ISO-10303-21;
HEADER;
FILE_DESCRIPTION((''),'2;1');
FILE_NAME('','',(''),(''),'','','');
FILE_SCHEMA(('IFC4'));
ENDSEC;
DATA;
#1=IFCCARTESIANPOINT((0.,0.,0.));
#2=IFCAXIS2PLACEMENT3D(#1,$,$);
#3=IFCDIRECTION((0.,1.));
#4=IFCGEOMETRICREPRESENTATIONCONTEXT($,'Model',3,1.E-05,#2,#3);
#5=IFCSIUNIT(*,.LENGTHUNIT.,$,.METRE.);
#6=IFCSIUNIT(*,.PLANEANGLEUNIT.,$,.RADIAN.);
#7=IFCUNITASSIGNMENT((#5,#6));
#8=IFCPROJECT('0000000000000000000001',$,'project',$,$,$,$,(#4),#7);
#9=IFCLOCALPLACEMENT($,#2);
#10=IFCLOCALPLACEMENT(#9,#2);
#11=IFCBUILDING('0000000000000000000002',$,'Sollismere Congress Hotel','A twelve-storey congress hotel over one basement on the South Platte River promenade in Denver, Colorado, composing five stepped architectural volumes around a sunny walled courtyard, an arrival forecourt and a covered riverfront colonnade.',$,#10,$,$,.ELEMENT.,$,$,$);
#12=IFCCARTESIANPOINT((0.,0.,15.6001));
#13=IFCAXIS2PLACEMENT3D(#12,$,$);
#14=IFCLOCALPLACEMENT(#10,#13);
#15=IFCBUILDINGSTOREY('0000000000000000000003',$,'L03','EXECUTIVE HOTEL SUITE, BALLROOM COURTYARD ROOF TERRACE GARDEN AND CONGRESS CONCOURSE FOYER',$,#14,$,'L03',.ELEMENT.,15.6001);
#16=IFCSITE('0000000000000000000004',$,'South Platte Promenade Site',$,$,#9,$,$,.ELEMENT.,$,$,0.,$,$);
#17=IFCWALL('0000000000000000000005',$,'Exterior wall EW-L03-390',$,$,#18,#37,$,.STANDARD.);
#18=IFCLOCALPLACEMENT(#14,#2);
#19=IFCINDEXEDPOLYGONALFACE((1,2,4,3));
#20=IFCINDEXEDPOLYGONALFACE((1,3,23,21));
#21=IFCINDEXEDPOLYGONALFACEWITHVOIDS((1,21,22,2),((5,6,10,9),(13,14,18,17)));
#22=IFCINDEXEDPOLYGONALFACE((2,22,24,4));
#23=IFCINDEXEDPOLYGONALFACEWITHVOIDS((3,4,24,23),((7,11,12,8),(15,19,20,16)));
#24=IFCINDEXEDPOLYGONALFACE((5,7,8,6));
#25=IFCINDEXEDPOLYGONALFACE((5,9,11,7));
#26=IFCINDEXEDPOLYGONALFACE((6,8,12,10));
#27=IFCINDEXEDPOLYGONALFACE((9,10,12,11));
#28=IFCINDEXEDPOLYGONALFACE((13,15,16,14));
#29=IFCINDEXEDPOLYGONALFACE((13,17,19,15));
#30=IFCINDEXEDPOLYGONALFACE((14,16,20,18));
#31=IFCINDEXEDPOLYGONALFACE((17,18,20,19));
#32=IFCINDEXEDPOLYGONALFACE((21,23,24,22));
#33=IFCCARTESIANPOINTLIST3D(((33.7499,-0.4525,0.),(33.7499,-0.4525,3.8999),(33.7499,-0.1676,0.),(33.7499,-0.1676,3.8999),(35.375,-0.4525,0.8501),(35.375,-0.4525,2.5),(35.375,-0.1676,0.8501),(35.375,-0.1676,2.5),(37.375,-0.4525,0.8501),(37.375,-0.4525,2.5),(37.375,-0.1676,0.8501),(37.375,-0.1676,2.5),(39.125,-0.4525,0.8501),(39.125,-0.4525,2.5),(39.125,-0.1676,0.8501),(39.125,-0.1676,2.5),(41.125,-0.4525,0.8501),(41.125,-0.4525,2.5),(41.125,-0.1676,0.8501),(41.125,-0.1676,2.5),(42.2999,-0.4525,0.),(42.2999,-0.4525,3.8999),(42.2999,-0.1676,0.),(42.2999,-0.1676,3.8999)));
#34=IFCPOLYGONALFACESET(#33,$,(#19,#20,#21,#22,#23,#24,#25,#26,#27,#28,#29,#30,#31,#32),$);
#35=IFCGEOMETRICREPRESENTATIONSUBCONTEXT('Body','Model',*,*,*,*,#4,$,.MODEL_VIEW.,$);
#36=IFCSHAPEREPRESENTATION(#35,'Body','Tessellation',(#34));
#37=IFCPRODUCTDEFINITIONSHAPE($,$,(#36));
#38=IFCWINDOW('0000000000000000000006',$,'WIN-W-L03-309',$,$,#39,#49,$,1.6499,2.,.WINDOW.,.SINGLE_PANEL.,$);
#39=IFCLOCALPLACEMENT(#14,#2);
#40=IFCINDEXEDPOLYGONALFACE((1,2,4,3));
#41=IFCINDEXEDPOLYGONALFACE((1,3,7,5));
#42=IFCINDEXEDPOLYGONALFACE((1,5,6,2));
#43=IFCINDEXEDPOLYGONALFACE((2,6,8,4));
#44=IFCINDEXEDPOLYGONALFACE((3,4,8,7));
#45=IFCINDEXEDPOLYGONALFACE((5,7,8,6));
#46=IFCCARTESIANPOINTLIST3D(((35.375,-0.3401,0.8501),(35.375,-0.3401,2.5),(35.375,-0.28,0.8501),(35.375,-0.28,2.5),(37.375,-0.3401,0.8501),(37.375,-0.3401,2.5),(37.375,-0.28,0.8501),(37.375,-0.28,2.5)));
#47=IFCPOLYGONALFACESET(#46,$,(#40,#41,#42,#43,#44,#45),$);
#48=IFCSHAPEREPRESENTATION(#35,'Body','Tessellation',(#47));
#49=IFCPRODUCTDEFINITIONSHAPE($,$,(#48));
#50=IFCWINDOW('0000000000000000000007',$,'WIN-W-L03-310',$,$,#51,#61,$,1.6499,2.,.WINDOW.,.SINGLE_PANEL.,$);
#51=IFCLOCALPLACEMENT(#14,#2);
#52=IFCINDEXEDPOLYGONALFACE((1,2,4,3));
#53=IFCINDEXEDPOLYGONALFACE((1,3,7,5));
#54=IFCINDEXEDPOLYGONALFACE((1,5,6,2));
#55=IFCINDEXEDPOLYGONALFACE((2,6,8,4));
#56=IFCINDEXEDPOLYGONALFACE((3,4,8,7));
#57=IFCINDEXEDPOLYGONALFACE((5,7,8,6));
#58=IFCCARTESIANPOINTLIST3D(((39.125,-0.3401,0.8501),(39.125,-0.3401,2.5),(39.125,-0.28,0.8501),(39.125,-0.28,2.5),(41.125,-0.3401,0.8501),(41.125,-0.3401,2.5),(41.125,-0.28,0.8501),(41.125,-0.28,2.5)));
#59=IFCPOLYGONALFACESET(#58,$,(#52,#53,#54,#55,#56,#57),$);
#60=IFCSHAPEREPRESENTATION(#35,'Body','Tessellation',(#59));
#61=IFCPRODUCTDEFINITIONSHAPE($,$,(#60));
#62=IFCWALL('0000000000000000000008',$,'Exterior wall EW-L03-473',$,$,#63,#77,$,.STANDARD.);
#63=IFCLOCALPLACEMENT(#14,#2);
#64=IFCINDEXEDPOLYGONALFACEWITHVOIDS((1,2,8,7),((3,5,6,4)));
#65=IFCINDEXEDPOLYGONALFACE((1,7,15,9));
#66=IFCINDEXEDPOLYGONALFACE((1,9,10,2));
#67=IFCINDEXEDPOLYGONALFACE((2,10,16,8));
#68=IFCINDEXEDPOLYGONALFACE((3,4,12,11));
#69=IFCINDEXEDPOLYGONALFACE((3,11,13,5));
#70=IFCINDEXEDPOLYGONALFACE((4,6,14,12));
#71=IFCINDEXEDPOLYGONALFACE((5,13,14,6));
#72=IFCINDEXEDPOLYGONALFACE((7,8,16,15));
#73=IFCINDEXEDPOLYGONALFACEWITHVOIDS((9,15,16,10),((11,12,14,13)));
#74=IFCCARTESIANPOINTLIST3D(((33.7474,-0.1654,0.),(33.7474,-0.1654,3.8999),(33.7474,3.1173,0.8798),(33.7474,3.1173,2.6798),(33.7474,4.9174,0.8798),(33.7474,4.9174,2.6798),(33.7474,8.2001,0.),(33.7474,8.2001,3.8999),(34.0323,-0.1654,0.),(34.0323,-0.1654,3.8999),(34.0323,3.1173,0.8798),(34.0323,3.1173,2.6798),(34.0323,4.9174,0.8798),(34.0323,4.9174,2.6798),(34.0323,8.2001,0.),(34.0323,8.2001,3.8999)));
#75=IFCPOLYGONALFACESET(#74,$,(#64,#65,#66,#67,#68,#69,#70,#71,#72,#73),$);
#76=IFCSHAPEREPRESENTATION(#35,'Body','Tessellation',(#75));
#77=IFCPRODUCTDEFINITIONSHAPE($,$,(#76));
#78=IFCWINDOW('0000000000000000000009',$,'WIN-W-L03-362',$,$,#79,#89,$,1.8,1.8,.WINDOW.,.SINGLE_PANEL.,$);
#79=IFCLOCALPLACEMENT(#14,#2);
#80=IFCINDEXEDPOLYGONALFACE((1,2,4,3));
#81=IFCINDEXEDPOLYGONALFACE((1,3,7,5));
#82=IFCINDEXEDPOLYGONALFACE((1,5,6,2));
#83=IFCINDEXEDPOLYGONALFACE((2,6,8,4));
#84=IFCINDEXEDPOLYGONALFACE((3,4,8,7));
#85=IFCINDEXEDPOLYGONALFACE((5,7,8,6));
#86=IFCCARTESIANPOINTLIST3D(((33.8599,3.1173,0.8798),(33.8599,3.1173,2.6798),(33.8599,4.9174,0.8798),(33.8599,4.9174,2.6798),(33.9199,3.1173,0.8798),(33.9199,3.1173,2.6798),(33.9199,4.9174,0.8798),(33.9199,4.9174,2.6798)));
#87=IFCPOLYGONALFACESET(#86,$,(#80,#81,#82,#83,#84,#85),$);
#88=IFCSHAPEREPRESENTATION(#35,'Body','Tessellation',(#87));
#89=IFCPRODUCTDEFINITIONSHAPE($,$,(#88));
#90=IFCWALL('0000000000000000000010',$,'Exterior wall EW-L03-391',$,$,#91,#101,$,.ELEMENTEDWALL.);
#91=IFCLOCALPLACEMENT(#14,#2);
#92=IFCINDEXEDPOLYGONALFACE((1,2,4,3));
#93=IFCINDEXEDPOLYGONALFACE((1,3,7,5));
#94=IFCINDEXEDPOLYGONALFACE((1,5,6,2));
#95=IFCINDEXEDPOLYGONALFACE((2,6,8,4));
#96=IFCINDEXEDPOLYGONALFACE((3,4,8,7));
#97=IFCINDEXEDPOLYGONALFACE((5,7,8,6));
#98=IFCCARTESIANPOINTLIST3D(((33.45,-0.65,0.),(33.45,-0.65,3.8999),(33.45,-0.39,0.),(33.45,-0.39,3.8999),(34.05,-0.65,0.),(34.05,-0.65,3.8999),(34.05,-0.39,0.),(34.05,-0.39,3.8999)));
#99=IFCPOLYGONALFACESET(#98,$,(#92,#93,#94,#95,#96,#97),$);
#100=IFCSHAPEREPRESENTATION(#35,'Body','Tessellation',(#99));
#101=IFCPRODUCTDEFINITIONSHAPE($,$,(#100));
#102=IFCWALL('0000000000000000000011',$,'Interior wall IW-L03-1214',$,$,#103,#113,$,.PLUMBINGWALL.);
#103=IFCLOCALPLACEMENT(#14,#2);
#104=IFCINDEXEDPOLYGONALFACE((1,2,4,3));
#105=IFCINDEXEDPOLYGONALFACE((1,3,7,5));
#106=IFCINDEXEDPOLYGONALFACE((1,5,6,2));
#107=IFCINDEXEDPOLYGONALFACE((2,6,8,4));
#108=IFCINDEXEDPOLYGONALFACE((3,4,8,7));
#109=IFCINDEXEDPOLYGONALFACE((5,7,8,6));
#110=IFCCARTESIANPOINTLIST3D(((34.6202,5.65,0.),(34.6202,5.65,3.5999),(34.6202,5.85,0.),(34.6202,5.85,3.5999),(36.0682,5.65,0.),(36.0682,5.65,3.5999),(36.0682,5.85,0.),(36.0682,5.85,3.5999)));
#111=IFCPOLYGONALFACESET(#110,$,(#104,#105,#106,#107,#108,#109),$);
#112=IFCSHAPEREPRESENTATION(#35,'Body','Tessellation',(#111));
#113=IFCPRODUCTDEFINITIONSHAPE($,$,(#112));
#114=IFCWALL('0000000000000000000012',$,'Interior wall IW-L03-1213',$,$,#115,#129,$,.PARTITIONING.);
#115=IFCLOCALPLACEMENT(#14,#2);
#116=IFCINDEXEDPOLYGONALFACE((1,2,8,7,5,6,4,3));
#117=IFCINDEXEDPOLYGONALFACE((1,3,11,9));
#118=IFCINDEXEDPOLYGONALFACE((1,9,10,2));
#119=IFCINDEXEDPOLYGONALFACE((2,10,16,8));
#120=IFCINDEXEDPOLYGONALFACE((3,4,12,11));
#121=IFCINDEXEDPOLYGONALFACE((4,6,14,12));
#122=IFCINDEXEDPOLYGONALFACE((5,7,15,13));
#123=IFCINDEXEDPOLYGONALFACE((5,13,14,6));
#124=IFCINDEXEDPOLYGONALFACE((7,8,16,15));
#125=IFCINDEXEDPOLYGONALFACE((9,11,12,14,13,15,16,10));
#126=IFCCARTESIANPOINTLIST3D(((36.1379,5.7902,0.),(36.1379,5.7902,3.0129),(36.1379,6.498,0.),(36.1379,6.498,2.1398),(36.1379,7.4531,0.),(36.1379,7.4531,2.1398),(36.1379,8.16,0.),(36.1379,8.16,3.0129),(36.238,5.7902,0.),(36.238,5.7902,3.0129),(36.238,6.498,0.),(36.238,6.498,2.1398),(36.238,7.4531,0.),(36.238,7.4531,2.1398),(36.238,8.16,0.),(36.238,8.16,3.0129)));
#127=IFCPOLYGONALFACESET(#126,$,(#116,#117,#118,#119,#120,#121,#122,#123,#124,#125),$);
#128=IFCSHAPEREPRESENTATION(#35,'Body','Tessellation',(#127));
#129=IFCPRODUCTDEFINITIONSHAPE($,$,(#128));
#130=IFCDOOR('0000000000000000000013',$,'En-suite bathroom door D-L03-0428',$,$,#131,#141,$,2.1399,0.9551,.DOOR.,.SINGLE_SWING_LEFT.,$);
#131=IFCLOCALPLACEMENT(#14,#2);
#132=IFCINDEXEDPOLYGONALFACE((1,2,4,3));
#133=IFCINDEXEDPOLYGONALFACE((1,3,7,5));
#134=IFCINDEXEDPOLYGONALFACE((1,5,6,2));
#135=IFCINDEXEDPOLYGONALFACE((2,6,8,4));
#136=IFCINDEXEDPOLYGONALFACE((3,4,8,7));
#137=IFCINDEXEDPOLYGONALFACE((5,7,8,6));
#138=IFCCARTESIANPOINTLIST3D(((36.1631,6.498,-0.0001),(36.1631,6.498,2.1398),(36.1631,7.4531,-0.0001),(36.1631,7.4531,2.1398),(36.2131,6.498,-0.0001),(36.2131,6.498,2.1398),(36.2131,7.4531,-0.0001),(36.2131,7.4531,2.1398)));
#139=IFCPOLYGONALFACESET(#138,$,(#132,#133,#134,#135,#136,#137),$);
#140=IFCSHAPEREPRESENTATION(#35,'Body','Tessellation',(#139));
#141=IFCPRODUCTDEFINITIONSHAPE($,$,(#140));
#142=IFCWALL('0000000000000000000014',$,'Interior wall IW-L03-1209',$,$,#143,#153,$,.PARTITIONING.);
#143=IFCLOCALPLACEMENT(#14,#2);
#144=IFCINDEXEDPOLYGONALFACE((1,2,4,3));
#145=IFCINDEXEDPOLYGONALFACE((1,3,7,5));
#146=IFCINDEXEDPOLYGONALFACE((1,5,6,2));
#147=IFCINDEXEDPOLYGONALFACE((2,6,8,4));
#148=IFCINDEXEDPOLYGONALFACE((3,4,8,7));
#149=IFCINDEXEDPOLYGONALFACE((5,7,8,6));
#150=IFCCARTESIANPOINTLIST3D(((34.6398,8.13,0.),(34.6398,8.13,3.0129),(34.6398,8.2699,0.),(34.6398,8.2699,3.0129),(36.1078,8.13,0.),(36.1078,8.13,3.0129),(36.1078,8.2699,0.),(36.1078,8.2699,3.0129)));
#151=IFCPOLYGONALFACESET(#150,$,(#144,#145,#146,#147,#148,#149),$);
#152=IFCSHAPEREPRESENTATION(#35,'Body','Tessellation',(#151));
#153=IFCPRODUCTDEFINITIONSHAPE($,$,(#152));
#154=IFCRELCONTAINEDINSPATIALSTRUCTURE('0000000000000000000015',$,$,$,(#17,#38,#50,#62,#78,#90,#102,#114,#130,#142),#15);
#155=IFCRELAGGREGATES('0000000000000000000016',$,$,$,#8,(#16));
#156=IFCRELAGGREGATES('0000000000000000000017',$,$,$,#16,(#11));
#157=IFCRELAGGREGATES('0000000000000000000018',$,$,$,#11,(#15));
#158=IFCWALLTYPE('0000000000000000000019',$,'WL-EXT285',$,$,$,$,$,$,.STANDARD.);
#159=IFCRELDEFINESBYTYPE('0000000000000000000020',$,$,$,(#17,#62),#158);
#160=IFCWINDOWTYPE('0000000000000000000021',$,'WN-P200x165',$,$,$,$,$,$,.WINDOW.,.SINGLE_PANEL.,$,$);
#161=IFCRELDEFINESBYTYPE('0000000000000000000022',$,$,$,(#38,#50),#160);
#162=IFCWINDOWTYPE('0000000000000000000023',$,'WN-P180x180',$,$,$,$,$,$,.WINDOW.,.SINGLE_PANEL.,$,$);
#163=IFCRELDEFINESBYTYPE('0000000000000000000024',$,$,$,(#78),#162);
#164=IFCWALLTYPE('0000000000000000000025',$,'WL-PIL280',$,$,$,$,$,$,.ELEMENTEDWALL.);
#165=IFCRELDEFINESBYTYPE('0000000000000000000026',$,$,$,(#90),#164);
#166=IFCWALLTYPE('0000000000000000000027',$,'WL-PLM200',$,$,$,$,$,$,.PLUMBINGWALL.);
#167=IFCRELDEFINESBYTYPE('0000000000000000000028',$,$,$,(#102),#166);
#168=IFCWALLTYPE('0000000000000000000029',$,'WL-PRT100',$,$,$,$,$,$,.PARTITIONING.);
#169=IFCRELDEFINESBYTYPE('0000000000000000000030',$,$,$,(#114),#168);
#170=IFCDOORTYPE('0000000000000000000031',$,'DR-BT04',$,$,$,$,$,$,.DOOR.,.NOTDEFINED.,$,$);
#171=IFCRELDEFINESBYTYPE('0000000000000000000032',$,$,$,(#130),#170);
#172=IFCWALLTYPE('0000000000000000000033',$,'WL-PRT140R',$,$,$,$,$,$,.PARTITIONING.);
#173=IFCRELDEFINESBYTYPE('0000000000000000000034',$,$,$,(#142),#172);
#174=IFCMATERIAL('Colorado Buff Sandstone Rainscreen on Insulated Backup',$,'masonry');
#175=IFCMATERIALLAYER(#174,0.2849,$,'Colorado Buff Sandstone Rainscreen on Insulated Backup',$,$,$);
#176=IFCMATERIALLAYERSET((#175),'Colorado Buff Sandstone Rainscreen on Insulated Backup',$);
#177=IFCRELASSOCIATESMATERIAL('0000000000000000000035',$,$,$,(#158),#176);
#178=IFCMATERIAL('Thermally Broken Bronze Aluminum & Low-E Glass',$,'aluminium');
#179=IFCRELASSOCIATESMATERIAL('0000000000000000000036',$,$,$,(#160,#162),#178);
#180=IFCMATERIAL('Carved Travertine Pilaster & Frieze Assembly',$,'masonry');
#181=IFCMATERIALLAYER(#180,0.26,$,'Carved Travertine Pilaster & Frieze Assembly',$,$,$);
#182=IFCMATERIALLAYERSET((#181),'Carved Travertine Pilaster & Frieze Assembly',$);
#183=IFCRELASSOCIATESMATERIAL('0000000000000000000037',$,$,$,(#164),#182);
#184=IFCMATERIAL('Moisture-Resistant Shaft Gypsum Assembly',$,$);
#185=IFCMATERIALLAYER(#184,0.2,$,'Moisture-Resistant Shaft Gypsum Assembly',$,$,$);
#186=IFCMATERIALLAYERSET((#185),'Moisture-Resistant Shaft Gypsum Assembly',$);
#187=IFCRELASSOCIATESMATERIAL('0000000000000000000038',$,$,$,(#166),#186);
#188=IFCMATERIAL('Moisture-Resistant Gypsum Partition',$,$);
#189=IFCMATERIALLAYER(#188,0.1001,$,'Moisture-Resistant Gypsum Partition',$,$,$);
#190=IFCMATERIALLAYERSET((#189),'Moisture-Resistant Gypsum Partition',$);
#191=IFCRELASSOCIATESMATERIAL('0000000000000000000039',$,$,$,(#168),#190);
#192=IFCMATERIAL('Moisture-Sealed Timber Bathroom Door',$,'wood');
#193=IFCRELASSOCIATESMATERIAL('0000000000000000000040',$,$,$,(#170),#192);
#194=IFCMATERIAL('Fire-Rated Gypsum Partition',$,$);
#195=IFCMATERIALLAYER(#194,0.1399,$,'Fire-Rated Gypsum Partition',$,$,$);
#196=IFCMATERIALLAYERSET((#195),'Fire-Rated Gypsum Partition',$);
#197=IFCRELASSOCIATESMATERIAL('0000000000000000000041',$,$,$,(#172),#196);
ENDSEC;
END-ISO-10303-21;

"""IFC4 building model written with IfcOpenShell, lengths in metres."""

from ifc_helpers import new_model, si_unit, direction, frame, frame_2d, origin, place, context, subcontext, project, spatial, rectangle, extrude, material, layer, layer_set, type_object, element, fill, save


model = new_model("IFC4")

# Units and contexts
model_context = context("Model", 3, precision=1e-05, world=origin(), true_north=direction((0.0, 1.0)))
body_context = subcontext(model_context, "Body", "Model", "MODEL_VIEW")
ifc_project = project(units=[si_unit("LENGTHUNIT", "METRE"), si_unit("PLANEANGLEUNIT", "RADIAN")], contexts=[model_context])

# Site, building, storey
site_placement = place(None, origin())
site = spatial("IfcSite", under=ifc_project, at=site_placement, Name="South Platte Promenade Site", CompositionType="ELEMENT", RefElevation=0.0)
building_placement = place(site_placement, origin())
building = spatial("IfcBuilding", under=site, at=building_placement, Name="Sollismere Congress Hotel", Description="A twelve-storey congress hotel over one basement on the South Platte River promenade in Denver, Colorado, composing five stepped architectural volumes around a sunny walled courtyard, an arrival forecourt and a covered riverfront colonnade.", CompositionType="ELEMENT")
storey_placement = place(building_placement, frame((0.0, 0.0, 15.6001)))
storey = spatial("IfcBuildingStorey", under=building, at=storey_placement, Name="L03", Description="EXECUTIVE HOTEL SUITE, BALLROOM COURTYARD ROOF TERRACE GARDEN AND CONGRESS CONCOURSE FOYER", LongName="L03", CompositionType="ELEMENT", Elevation=15.6001)

# Wall, openings, windows
ifc_material_1 = material(Name="Colorado Buff Sandstone Rainscreen on Insulated Backup", Category="masonry")
ifc_layer_1 = layer(ifc_material_1, 0.2849, Name="Colorado Buff Sandstone Rainscreen on Insulated Backup")
ifc_layer_set_1 = layer_set([ifc_layer_1], Name="Colorado Buff Sandstone Rainscreen on Insulated Backup")
wall_type_1 = type_object("IfcWallType", Name="WL-EXT285", PredefinedType="STANDARD", material=ifc_layer_set_1)
wall_1_placement = place(storey_placement, frame((33.75, -0.3101, 0.0), z_axis=(0.0, 0.0, 1.0), x_axis=(1.0, 0.0, 0.0)))
wall_1 = element("IfcWall", 1, at=wall_1_placement, inside=storey, type_object=wall_type_1, Name="Exterior wall EW-L03-390", PredefinedType="STANDARD", context=body_context, shape_type="SweptSolid", body=[
    extrude(rectangle(XDim=8.55, YDim=0.2849, at=frame_2d((4.2749, 0.0))), origin(), (0.0, 0.0, 1.0), 3.8999),
])
opening_1_placement = place(wall_1_placement, frame((1.625, 0.0, 0.8501)))
opening_1 = element("IfcOpeningElement", 2, at=opening_1_placement, cuts=wall_1, PredefinedType="OPENING", context=body_context, shape_type="SweptSolid", body=[
    extrude(rectangle(XDim=2.0, YDim=1.6499, at=frame_2d((1.0, 0.825))), frame((0.0, 0.1523, 0.0), z_axis=(0.0, -1.0, 0.0), x_axis=(1.0, 0.0, 0.0)), (0.0, 0.0, 1.0), 0.3049),
])
opening_2_placement = place(wall_1_placement, frame((5.375, 0.0, 0.8501)))
opening_2 = element("IfcOpeningElement", 3, at=opening_2_placement, cuts=wall_1, PredefinedType="OPENING", context=body_context, shape_type="SweptSolid", body=[
    extrude(rectangle(XDim=2.0, YDim=1.6499, at=frame_2d((1.0, 0.825))), frame((0.0, 0.1523, 0.0), z_axis=(0.0, -1.0, 0.0), x_axis=(1.0, 0.0, 0.0)), (0.0, 0.0, 1.0), 0.3049),
])
ifc_material_2 = material(Name="Thermally Broken Bronze Aluminum & Low-E Glass", Category="aluminium")
window_type_1 = type_object("IfcWindowType", Name="WN-P200x165", PartitioningType="SINGLE_PANEL", PredefinedType="WINDOW", material=ifc_material_2)
window_1_placement = place(opening_1_placement, origin())
window_1 = element("IfcWindow", 4, at=window_1_placement, inside=storey, type_object=window_type_1, Name="WIN-W-L03-309", OverallHeight=1.6499, OverallWidth=2.0, PartitioningType="SINGLE_PANEL", PredefinedType="WINDOW", context=body_context, shape_type="SweptSolid", body=[
    extrude(rectangle(XDim=2.0, YDim=1.6499, at=frame_2d((1.0, 0.825))), frame((0.0, 0.03, 0.0), z_axis=(0.0, -1.0, 0.0), x_axis=(1.0, 0.0, 0.0)), (0.0, 0.0, 1.0), 0.0601),
])
fill(opening_1, window_1)
window_2_placement = place(opening_2_placement, origin())
window_2 = element("IfcWindow", 5, at=window_2_placement, inside=storey, type_object=window_type_1, Name="WIN-W-L03-310", OverallHeight=1.6499, OverallWidth=2.0, PartitioningType="SINGLE_PANEL", PredefinedType="WINDOW", context=body_context, shape_type="SweptSolid", body=[
    extrude(rectangle(XDim=2.0, YDim=1.6499, at=frame_2d((1.0, 0.825))), frame((0.0, 0.03, 0.0), z_axis=(0.0, -1.0, 0.0), x_axis=(1.0, 0.0, 0.0)), (0.0, 0.0, 1.0), 0.0601),
])
fill(opening_2, window_2)

# Wall, opening, window
wall_2_placement = place(storey_placement, frame((33.8899, 8.2, 0.0), z_axis=(0.0, 0.0, 1.0), x_axis=(0.0, -1.0, 0.0)))
wall_2 = element("IfcWall", 6, at=wall_2_placement, inside=storey, type_object=wall_type_1, Name="Exterior wall EW-L03-473", PredefinedType="STANDARD", context=body_context, shape_type="SweptSolid", body=[
    extrude(rectangle(XDim=8.3655, YDim=0.2849, at=frame_2d((4.1826, 0.0))), origin(), (0.0, 0.0, 1.0), 3.8999),
])
opening_3_placement = place(wall_2_placement, frame((3.2827, 0.0, 0.8799)))
opening_3 = element("IfcOpeningElement", 7, at=opening_3_placement, cuts=wall_2, PredefinedType="OPENING", context=body_context, shape_type="SweptSolid", body=[
    extrude(rectangle(XDim=1.8, YDim=1.8, at=frame_2d((0.8999, 0.8999))), frame((0.0, 0.1523, 0.0), z_axis=(0.0, -1.0, 0.0), x_axis=(1.0, 0.0, 0.0)), (0.0, 0.0, 1.0), 0.3049),
])
window_type_2 = type_object("IfcWindowType", Name="WN-P180x180", PartitioningType="SINGLE_PANEL", PredefinedType="WINDOW", material=ifc_material_2)
window_3_placement = place(opening_3_placement, origin())
window_3 = element("IfcWindow", 8, at=window_3_placement, inside=storey, type_object=window_type_2, Name="WIN-W-L03-362", OverallHeight=1.8, OverallWidth=1.8, PartitioningType="SINGLE_PANEL", PredefinedType="WINDOW", context=body_context, shape_type="SweptSolid", body=[
    extrude(rectangle(XDim=1.8, YDim=1.8, at=frame_2d((0.8999, 0.8999))), frame((0.0, 0.03, 0.0), z_axis=(0.0, -1.0, 0.0), x_axis=(1.0, 0.0, 0.0)), (0.0, 0.0, 1.0), 0.0601),
])
fill(opening_3, window_3)

# Walls
ifc_material_3 = material(Name="Carved Travertine Pilaster & Frieze Assembly", Category="masonry")
ifc_layer_2 = layer(ifc_material_3, 0.26, Name="Carved Travertine Pilaster & Frieze Assembly")
ifc_layer_set_2 = layer_set([ifc_layer_2], Name="Carved Travertine Pilaster & Frieze Assembly")
wall_type_2 = type_object("IfcWallType", Name="WL-PIL280", PredefinedType="ELEMENTEDWALL", material=ifc_layer_set_2)
wall_3_placement = place(storey_placement, frame((33.45, -0.52, 0.0), z_axis=(0.0, 0.0, 1.0), x_axis=(1.0, 0.0, 0.0)))
element("IfcWall", 9, at=wall_3_placement, inside=storey, type_object=wall_type_2, Name="Exterior wall EW-L03-391", PredefinedType="ELEMENTEDWALL", context=body_context, shape_type="SweptSolid", body=[
    extrude(rectangle(XDim=0.6001, YDim=0.26, at=frame_2d((0.3, 0.0))), origin(), (0.0, 0.0, 1.0), 3.8999),
])
ifc_material_4 = material(Name="Moisture-Resistant Shaft Gypsum Assembly")
ifc_layer_3 = layer(ifc_material_4, 0.2, Name="Moisture-Resistant Shaft Gypsum Assembly")
ifc_layer_set_3 = layer_set([ifc_layer_3], Name="Moisture-Resistant Shaft Gypsum Assembly")
wall_type_3 = type_object("IfcWallType", Name="WL-PLM200", PredefinedType="PLUMBINGWALL", material=ifc_layer_set_3)
wall_4_placement = place(storey_placement, frame((34.6201, 5.75, 0.0), z_axis=(0.0, 0.0, 1.0), x_axis=(1.0, 0.0, 0.0)))
element("IfcWall", 10, at=wall_4_placement, inside=storey, type_object=wall_type_3, Name="Interior wall IW-L03-1214", PredefinedType="PLUMBINGWALL", context=body_context, shape_type="SweptSolid", body=[
    extrude(rectangle(XDim=1.448, YDim=0.2, at=frame_2d((0.7241, 0.0))), origin(), (0.0, 0.0, 1.0), 3.5999),
])

# Wall, opening, door
ifc_material_5 = material(Name="Moisture-Resistant Gypsum Partition")
ifc_layer_4 = layer(ifc_material_5, 0.1001, Name="Moisture-Resistant Gypsum Partition")
ifc_layer_set_4 = layer_set([ifc_layer_4], Name="Moisture-Resistant Gypsum Partition")
wall_type_4 = type_object("IfcWallType", Name="WL-PRT100", PredefinedType="PARTITIONING", material=ifc_layer_set_4)
wall_5_placement = place(storey_placement, frame((36.188, 5.79, 0.0), z_axis=(0.0, 0.0, 1.0), x_axis=(0.0, 1.0, 0.0)))
wall_5 = element("IfcWall", 11, at=wall_5_placement, inside=storey, type_object=wall_type_4, Name="Interior wall IW-L03-1213", PredefinedType="PARTITIONING", context=body_context, shape_type="SweptSolid", body=[
    extrude(rectangle(XDim=2.3699, YDim=0.1001, at=frame_2d((1.1851, 0.0))), origin(), (0.0, 0.0, 1.0), 3.0129),
])
opening_4_placement = place(wall_5_placement, frame((0.708, 0.0, 0.0)))
opening_4 = element("IfcOpeningElement", 12, at=opening_4_placement, cuts=wall_5, PredefinedType="OPENING", context=body_context, shape_type="SweptSolid", body=[
    extrude(rectangle(XDim=0.9551, YDim=2.1399, at=frame_2d((0.4775, 1.0698))), frame((0.0, 0.0601, 0.0), z_axis=(0.0, -1.0, 0.0), x_axis=(1.0, 0.0, 0.0)), (0.0, 0.0, 1.0), 0.1201),
])
ifc_material_6 = material(Name="Moisture-Sealed Timber Bathroom Door", Category="wood")
door_type_1 = type_object("IfcDoorType", Name="DR-BT04", OperationType="NOTDEFINED", PredefinedType="DOOR", material=ifc_material_6)
door_1_placement = place(opening_4_placement, origin())
door_1 = element("IfcDoor", 13, at=door_1_placement, inside=storey, type_object=door_type_1, Name="En-suite bathroom door D-L03-0428", OperationType="SINGLE_SWING_LEFT", OverallHeight=2.1399, OverallWidth=0.9551, PredefinedType="DOOR", context=body_context, shape_type="SweptSolid", body=[
    extrude(rectangle(XDim=0.9551, YDim=2.1399, at=frame_2d((0.4775, 1.0698))), frame((0.0, 0.0249, 0.0), z_axis=(0.0, -1.0, 0.0), x_axis=(1.0, 0.0, 0.0)), (0.0, 0.0, 1.0), 0.05),
])
fill(opening_4, door_1)

# Wall
ifc_material_7 = material(Name="Fire-Rated Gypsum Partition")
ifc_layer_5 = layer(ifc_material_7, 0.1399, Name="Fire-Rated Gypsum Partition")
ifc_layer_set_5 = layer_set([ifc_layer_5], Name="Fire-Rated Gypsum Partition")
wall_type_5 = type_object("IfcWallType", Name="WL-PRT140R", PredefinedType="PARTITIONING", material=ifc_layer_set_5)
wall_6_placement = place(storey_placement, frame((34.6399, 8.2, 0.0), z_axis=(0.0, 0.0, 1.0), x_axis=(1.0, 0.0, 0.0)))
element("IfcWall", 14, at=wall_6_placement, inside=storey, type_object=wall_type_5, Name="Interior wall IW-L03-1209", PredefinedType="PARTITIONING", context=body_context, shape_type="SweptSolid", body=[
    extrude(rectangle(XDim=1.468, YDim=0.1399, at=frame_2d((0.7339, 0.0))), origin(), (0.0, 0.0, 1.0), 3.0129),
])

save(model, "model.ifc")
